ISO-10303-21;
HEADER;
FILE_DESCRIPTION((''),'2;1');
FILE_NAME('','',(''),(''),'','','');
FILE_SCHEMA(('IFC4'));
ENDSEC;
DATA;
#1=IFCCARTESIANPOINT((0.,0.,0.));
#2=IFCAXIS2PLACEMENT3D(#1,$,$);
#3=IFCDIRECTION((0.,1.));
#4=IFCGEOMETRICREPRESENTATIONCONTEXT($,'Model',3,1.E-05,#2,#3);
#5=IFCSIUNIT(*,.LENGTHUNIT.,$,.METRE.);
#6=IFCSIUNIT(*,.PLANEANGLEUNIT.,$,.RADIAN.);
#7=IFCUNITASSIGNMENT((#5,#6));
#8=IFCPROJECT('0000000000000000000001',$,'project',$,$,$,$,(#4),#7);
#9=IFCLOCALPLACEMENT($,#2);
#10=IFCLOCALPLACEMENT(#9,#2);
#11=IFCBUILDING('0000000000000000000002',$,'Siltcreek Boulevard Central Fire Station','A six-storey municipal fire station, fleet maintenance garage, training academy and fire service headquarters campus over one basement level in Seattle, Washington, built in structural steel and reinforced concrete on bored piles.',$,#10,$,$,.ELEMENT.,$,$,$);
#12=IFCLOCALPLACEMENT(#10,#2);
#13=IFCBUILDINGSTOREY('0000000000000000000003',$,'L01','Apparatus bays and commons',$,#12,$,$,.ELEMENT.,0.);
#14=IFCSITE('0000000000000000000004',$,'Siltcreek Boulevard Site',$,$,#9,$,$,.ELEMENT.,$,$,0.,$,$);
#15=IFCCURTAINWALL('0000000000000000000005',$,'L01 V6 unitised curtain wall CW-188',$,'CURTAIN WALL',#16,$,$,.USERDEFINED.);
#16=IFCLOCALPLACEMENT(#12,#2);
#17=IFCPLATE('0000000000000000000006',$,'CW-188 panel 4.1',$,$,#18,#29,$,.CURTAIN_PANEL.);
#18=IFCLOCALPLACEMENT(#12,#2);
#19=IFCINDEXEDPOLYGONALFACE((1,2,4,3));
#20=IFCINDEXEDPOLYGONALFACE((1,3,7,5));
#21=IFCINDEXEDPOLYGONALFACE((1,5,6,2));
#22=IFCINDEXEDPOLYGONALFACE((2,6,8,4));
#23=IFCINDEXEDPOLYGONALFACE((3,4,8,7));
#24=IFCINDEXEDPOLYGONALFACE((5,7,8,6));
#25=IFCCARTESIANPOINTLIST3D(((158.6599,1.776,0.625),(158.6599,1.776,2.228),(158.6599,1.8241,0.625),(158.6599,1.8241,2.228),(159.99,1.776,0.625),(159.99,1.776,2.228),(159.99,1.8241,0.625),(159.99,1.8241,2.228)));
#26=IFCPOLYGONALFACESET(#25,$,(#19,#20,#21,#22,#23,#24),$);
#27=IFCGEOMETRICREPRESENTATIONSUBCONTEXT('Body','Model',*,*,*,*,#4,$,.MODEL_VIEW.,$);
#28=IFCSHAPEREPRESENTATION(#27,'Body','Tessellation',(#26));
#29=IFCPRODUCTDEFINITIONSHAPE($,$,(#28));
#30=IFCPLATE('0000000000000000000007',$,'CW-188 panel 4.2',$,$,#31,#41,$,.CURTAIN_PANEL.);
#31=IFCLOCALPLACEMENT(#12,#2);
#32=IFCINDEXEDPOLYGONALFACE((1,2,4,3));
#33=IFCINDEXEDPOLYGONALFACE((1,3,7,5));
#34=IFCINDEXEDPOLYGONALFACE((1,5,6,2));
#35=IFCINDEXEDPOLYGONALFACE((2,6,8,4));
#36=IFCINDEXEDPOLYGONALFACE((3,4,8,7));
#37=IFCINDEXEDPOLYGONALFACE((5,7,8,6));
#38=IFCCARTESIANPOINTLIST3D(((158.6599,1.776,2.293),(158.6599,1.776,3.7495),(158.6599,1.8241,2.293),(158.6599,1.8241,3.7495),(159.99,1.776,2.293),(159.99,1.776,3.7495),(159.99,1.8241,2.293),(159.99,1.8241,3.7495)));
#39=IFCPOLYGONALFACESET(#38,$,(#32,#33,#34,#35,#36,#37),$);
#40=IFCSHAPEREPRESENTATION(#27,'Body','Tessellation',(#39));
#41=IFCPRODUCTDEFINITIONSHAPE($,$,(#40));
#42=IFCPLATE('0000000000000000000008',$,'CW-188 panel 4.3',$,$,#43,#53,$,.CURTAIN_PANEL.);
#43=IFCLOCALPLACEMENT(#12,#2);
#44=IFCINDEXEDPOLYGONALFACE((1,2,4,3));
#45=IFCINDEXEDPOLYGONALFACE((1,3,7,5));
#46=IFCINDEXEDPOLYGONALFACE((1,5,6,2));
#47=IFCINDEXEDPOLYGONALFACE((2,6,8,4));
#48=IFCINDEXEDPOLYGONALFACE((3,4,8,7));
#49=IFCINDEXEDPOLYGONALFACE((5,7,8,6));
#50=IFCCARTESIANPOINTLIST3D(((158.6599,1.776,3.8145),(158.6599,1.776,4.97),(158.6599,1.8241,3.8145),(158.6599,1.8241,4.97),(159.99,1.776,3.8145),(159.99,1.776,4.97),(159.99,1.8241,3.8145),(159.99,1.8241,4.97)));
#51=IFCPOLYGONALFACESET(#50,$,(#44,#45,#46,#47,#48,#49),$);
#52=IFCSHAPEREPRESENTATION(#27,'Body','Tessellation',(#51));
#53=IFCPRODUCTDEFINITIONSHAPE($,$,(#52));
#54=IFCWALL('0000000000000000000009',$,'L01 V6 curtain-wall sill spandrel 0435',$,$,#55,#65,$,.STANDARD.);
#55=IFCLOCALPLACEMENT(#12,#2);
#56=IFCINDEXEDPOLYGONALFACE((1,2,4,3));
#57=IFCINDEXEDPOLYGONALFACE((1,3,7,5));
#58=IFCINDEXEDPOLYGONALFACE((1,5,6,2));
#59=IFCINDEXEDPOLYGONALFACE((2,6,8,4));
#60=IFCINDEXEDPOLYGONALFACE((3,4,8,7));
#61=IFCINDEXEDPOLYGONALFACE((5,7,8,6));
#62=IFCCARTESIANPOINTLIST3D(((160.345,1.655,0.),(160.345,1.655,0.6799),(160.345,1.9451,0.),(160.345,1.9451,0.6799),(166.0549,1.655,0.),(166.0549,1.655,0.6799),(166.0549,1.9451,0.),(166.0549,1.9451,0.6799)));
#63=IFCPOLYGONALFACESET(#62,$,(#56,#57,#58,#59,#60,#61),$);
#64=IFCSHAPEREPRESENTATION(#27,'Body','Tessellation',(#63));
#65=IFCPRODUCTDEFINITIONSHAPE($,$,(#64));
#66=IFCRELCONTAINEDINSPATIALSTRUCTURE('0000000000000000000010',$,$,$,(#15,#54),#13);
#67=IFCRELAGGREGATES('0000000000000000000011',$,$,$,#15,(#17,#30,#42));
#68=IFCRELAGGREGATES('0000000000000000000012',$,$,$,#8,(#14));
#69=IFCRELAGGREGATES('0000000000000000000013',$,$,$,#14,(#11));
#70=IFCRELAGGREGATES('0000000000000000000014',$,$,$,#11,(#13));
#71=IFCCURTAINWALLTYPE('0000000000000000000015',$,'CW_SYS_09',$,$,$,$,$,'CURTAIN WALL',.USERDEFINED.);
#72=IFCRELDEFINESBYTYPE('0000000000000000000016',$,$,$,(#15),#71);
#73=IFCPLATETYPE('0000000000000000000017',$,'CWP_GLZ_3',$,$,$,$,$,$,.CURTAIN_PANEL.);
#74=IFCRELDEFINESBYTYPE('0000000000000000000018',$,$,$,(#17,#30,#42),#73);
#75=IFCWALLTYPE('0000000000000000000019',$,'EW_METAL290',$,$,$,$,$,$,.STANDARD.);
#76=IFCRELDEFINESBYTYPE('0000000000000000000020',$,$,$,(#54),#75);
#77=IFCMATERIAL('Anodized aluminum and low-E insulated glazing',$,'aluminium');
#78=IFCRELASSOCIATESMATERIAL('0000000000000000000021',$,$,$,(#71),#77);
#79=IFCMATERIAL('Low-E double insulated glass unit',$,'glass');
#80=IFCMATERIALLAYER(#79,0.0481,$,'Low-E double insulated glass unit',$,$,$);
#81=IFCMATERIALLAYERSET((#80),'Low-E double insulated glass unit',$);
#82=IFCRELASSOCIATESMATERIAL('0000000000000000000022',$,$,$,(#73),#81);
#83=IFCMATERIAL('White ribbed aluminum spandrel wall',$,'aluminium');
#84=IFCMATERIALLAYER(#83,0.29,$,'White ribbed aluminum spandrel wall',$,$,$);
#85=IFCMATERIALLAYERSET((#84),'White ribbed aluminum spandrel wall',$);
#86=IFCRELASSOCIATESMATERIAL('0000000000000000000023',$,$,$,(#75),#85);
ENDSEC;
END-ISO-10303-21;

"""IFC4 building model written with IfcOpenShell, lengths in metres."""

from ifc_helpers import new_model, si_unit, direction, frame, frame_2d, origin, origin_2d, place, context, subcontext, project, spatial, rectangle, extrude, material, layer, layer_set, type_object, element, aggregate, save


model = new_model("IFC4")

# Units and contexts
model_context = context("Model", 3, precision=1e-05, world=origin(), true_north=direction((0.0, 1.0)))
body_context = subcontext(model_context, "Body", "Model", "MODEL_VIEW")
ifc_project = project(units=[si_unit("LENGTHUNIT", "METRE"), si_unit("PLANEANGLEUNIT", "RADIAN")], contexts=[model_context])

# Site, building, storey
site_placement = place(None, origin())
site = spatial("IfcSite", under=ifc_project, at=site_placement, Name="Siltcreek Boulevard Site", CompositionType="ELEMENT", RefElevation=0.0)
building_placement = place(site_placement, origin())
building = spatial("IfcBuilding", under=site, at=building_placement, Name="Siltcreek Boulevard Central Fire Station", Description="A six-storey municipal fire station, fleet maintenance garage, training academy and fire service headquarters campus over one basement level in Seattle, Washington, built in structural steel and reinforced concrete on bored piles.", CompositionType="ELEMENT")
storey_placement = place(building_placement, origin())
storey = spatial("IfcBuildingStorey", under=building, at=storey_placement, Name="L01", Description="Apparatus bays and commons", CompositionType="ELEMENT", Elevation=0.0)

# Shared definitions
ifc_material_1 = material(Name="Anodized aluminum and low-E insulated glazing", Category="aluminium")

# Curtain wall
curtain_wall_type_1 = type_object("IfcCurtainWallType", Name="CW_SYS_09", ElementType="CURTAIN WALL", PredefinedType="USERDEFINED", material=ifc_material_1)
curtain_wall_1_placement = place(storey_placement, origin())
curtain_wall_1 = element("IfcCurtainWall", 1, at=curtain_wall_1_placement, inside=storey, type_object=curtain_wall_type_1, Name="L01 V6 unitised curtain wall CW-188", ObjectType="CURTAIN WALL", PredefinedType="USERDEFINED")

# Plates
ifc_material_2 = material(Name="Low-E double insulated glass unit", Category="glass")
ifc_layer_1 = layer(ifc_material_2, 0.0481, Name="Low-E double insulated glass unit")
ifc_layer_set_1 = layer_set([ifc_layer_1], Name="Low-E double insulated glass unit")
plate_type = type_object("IfcPlateType", Name="CWP_GLZ_3", PredefinedType="CURTAIN_PANEL", material=ifc_layer_set_1)
plate_1_placement = place(storey_placement, frame((159.325, 1.8, 0.625), z_axis=(0.0, 0.0, 1.0), x_axis=(1.0, 0.0, 0.0)))
plate_1 = element("IfcPlate", 2, at=plate_1_placement, type_object=plate_type, Name="CW-188 panel 4.1", PredefinedType="CURTAIN_PANEL", context=body_context, shape_type="SweptSolid", body=[
    extrude(rectangle(XDim=1.3301, YDim=0.0481, at=origin_2d()), origin(), (0.0, 0.0, 1.0), 1.603),
])
plate_2_placement = place(storey_placement, frame((159.325, 1.8, 2.293), z_axis=(0.0, 0.0, 1.0), x_axis=(1.0, 0.0, 0.0)))
plate_2 = element("IfcPlate", 3, at=plate_2_placement, type_object=plate_type, Name="CW-188 panel 4.2", PredefinedType="CURTAIN_PANEL", context=body_context, shape_type="SweptSolid", body=[
    extrude(rectangle(XDim=1.3301, YDim=0.0481, at=origin_2d()), origin(), (0.0, 0.0, 1.0), 1.4565),
])
plate_3_placement = place(storey_placement, frame((159.325, 1.8, 3.8145), z_axis=(0.0, 0.0, 1.0), x_axis=(1.0, 0.0, 0.0)))
plate_3 = element("IfcPlate", 4, at=plate_3_placement, type_object=plate_type, Name="CW-188 panel 4.3", PredefinedType="CURTAIN_PANEL", context=body_context, shape_type="SweptSolid", body=[
    extrude(rectangle(XDim=1.3301, YDim=0.0481, at=origin_2d()), origin(), (0.0, 0.0, 1.0), 1.1555),
])
aggregate(curtain_wall_1, [plate_1, plate_2, plate_3])

# Wall
ifc_material_3 = material(Name="White ribbed aluminum spandrel wall", Category="aluminium")
ifc_layer_2 = layer(ifc_material_3, 0.29, Name="White ribbed aluminum spandrel wall")
ifc_layer_set_2 = layer_set([ifc_layer_2], Name="White ribbed aluminum spandrel wall")
wall_type = type_object("IfcWallType", Name="EW_METAL290", PredefinedType="STANDARD", material=ifc_layer_set_2)
wall_placement = place(storey_placement, frame((160.345, 1.8, 0.0), z_axis=(0.0, 0.0, 1.0), x_axis=(1.0, 0.0, 0.0)))
element("IfcWall", 5, at=wall_placement, inside=storey, type_object=wall_type, Name="L01 V6 curtain-wall sill spandrel 0435", PredefinedType="STANDARD", context=body_context, shape_type="SweptSolid", body=[
    extrude(rectangle(XDim=5.71, YDim=0.29, at=frame_2d((2.855, 0.0))), origin(), (0.0, 0.0, 1.0), 0.6799),
])

save(model, "model.ifc")
